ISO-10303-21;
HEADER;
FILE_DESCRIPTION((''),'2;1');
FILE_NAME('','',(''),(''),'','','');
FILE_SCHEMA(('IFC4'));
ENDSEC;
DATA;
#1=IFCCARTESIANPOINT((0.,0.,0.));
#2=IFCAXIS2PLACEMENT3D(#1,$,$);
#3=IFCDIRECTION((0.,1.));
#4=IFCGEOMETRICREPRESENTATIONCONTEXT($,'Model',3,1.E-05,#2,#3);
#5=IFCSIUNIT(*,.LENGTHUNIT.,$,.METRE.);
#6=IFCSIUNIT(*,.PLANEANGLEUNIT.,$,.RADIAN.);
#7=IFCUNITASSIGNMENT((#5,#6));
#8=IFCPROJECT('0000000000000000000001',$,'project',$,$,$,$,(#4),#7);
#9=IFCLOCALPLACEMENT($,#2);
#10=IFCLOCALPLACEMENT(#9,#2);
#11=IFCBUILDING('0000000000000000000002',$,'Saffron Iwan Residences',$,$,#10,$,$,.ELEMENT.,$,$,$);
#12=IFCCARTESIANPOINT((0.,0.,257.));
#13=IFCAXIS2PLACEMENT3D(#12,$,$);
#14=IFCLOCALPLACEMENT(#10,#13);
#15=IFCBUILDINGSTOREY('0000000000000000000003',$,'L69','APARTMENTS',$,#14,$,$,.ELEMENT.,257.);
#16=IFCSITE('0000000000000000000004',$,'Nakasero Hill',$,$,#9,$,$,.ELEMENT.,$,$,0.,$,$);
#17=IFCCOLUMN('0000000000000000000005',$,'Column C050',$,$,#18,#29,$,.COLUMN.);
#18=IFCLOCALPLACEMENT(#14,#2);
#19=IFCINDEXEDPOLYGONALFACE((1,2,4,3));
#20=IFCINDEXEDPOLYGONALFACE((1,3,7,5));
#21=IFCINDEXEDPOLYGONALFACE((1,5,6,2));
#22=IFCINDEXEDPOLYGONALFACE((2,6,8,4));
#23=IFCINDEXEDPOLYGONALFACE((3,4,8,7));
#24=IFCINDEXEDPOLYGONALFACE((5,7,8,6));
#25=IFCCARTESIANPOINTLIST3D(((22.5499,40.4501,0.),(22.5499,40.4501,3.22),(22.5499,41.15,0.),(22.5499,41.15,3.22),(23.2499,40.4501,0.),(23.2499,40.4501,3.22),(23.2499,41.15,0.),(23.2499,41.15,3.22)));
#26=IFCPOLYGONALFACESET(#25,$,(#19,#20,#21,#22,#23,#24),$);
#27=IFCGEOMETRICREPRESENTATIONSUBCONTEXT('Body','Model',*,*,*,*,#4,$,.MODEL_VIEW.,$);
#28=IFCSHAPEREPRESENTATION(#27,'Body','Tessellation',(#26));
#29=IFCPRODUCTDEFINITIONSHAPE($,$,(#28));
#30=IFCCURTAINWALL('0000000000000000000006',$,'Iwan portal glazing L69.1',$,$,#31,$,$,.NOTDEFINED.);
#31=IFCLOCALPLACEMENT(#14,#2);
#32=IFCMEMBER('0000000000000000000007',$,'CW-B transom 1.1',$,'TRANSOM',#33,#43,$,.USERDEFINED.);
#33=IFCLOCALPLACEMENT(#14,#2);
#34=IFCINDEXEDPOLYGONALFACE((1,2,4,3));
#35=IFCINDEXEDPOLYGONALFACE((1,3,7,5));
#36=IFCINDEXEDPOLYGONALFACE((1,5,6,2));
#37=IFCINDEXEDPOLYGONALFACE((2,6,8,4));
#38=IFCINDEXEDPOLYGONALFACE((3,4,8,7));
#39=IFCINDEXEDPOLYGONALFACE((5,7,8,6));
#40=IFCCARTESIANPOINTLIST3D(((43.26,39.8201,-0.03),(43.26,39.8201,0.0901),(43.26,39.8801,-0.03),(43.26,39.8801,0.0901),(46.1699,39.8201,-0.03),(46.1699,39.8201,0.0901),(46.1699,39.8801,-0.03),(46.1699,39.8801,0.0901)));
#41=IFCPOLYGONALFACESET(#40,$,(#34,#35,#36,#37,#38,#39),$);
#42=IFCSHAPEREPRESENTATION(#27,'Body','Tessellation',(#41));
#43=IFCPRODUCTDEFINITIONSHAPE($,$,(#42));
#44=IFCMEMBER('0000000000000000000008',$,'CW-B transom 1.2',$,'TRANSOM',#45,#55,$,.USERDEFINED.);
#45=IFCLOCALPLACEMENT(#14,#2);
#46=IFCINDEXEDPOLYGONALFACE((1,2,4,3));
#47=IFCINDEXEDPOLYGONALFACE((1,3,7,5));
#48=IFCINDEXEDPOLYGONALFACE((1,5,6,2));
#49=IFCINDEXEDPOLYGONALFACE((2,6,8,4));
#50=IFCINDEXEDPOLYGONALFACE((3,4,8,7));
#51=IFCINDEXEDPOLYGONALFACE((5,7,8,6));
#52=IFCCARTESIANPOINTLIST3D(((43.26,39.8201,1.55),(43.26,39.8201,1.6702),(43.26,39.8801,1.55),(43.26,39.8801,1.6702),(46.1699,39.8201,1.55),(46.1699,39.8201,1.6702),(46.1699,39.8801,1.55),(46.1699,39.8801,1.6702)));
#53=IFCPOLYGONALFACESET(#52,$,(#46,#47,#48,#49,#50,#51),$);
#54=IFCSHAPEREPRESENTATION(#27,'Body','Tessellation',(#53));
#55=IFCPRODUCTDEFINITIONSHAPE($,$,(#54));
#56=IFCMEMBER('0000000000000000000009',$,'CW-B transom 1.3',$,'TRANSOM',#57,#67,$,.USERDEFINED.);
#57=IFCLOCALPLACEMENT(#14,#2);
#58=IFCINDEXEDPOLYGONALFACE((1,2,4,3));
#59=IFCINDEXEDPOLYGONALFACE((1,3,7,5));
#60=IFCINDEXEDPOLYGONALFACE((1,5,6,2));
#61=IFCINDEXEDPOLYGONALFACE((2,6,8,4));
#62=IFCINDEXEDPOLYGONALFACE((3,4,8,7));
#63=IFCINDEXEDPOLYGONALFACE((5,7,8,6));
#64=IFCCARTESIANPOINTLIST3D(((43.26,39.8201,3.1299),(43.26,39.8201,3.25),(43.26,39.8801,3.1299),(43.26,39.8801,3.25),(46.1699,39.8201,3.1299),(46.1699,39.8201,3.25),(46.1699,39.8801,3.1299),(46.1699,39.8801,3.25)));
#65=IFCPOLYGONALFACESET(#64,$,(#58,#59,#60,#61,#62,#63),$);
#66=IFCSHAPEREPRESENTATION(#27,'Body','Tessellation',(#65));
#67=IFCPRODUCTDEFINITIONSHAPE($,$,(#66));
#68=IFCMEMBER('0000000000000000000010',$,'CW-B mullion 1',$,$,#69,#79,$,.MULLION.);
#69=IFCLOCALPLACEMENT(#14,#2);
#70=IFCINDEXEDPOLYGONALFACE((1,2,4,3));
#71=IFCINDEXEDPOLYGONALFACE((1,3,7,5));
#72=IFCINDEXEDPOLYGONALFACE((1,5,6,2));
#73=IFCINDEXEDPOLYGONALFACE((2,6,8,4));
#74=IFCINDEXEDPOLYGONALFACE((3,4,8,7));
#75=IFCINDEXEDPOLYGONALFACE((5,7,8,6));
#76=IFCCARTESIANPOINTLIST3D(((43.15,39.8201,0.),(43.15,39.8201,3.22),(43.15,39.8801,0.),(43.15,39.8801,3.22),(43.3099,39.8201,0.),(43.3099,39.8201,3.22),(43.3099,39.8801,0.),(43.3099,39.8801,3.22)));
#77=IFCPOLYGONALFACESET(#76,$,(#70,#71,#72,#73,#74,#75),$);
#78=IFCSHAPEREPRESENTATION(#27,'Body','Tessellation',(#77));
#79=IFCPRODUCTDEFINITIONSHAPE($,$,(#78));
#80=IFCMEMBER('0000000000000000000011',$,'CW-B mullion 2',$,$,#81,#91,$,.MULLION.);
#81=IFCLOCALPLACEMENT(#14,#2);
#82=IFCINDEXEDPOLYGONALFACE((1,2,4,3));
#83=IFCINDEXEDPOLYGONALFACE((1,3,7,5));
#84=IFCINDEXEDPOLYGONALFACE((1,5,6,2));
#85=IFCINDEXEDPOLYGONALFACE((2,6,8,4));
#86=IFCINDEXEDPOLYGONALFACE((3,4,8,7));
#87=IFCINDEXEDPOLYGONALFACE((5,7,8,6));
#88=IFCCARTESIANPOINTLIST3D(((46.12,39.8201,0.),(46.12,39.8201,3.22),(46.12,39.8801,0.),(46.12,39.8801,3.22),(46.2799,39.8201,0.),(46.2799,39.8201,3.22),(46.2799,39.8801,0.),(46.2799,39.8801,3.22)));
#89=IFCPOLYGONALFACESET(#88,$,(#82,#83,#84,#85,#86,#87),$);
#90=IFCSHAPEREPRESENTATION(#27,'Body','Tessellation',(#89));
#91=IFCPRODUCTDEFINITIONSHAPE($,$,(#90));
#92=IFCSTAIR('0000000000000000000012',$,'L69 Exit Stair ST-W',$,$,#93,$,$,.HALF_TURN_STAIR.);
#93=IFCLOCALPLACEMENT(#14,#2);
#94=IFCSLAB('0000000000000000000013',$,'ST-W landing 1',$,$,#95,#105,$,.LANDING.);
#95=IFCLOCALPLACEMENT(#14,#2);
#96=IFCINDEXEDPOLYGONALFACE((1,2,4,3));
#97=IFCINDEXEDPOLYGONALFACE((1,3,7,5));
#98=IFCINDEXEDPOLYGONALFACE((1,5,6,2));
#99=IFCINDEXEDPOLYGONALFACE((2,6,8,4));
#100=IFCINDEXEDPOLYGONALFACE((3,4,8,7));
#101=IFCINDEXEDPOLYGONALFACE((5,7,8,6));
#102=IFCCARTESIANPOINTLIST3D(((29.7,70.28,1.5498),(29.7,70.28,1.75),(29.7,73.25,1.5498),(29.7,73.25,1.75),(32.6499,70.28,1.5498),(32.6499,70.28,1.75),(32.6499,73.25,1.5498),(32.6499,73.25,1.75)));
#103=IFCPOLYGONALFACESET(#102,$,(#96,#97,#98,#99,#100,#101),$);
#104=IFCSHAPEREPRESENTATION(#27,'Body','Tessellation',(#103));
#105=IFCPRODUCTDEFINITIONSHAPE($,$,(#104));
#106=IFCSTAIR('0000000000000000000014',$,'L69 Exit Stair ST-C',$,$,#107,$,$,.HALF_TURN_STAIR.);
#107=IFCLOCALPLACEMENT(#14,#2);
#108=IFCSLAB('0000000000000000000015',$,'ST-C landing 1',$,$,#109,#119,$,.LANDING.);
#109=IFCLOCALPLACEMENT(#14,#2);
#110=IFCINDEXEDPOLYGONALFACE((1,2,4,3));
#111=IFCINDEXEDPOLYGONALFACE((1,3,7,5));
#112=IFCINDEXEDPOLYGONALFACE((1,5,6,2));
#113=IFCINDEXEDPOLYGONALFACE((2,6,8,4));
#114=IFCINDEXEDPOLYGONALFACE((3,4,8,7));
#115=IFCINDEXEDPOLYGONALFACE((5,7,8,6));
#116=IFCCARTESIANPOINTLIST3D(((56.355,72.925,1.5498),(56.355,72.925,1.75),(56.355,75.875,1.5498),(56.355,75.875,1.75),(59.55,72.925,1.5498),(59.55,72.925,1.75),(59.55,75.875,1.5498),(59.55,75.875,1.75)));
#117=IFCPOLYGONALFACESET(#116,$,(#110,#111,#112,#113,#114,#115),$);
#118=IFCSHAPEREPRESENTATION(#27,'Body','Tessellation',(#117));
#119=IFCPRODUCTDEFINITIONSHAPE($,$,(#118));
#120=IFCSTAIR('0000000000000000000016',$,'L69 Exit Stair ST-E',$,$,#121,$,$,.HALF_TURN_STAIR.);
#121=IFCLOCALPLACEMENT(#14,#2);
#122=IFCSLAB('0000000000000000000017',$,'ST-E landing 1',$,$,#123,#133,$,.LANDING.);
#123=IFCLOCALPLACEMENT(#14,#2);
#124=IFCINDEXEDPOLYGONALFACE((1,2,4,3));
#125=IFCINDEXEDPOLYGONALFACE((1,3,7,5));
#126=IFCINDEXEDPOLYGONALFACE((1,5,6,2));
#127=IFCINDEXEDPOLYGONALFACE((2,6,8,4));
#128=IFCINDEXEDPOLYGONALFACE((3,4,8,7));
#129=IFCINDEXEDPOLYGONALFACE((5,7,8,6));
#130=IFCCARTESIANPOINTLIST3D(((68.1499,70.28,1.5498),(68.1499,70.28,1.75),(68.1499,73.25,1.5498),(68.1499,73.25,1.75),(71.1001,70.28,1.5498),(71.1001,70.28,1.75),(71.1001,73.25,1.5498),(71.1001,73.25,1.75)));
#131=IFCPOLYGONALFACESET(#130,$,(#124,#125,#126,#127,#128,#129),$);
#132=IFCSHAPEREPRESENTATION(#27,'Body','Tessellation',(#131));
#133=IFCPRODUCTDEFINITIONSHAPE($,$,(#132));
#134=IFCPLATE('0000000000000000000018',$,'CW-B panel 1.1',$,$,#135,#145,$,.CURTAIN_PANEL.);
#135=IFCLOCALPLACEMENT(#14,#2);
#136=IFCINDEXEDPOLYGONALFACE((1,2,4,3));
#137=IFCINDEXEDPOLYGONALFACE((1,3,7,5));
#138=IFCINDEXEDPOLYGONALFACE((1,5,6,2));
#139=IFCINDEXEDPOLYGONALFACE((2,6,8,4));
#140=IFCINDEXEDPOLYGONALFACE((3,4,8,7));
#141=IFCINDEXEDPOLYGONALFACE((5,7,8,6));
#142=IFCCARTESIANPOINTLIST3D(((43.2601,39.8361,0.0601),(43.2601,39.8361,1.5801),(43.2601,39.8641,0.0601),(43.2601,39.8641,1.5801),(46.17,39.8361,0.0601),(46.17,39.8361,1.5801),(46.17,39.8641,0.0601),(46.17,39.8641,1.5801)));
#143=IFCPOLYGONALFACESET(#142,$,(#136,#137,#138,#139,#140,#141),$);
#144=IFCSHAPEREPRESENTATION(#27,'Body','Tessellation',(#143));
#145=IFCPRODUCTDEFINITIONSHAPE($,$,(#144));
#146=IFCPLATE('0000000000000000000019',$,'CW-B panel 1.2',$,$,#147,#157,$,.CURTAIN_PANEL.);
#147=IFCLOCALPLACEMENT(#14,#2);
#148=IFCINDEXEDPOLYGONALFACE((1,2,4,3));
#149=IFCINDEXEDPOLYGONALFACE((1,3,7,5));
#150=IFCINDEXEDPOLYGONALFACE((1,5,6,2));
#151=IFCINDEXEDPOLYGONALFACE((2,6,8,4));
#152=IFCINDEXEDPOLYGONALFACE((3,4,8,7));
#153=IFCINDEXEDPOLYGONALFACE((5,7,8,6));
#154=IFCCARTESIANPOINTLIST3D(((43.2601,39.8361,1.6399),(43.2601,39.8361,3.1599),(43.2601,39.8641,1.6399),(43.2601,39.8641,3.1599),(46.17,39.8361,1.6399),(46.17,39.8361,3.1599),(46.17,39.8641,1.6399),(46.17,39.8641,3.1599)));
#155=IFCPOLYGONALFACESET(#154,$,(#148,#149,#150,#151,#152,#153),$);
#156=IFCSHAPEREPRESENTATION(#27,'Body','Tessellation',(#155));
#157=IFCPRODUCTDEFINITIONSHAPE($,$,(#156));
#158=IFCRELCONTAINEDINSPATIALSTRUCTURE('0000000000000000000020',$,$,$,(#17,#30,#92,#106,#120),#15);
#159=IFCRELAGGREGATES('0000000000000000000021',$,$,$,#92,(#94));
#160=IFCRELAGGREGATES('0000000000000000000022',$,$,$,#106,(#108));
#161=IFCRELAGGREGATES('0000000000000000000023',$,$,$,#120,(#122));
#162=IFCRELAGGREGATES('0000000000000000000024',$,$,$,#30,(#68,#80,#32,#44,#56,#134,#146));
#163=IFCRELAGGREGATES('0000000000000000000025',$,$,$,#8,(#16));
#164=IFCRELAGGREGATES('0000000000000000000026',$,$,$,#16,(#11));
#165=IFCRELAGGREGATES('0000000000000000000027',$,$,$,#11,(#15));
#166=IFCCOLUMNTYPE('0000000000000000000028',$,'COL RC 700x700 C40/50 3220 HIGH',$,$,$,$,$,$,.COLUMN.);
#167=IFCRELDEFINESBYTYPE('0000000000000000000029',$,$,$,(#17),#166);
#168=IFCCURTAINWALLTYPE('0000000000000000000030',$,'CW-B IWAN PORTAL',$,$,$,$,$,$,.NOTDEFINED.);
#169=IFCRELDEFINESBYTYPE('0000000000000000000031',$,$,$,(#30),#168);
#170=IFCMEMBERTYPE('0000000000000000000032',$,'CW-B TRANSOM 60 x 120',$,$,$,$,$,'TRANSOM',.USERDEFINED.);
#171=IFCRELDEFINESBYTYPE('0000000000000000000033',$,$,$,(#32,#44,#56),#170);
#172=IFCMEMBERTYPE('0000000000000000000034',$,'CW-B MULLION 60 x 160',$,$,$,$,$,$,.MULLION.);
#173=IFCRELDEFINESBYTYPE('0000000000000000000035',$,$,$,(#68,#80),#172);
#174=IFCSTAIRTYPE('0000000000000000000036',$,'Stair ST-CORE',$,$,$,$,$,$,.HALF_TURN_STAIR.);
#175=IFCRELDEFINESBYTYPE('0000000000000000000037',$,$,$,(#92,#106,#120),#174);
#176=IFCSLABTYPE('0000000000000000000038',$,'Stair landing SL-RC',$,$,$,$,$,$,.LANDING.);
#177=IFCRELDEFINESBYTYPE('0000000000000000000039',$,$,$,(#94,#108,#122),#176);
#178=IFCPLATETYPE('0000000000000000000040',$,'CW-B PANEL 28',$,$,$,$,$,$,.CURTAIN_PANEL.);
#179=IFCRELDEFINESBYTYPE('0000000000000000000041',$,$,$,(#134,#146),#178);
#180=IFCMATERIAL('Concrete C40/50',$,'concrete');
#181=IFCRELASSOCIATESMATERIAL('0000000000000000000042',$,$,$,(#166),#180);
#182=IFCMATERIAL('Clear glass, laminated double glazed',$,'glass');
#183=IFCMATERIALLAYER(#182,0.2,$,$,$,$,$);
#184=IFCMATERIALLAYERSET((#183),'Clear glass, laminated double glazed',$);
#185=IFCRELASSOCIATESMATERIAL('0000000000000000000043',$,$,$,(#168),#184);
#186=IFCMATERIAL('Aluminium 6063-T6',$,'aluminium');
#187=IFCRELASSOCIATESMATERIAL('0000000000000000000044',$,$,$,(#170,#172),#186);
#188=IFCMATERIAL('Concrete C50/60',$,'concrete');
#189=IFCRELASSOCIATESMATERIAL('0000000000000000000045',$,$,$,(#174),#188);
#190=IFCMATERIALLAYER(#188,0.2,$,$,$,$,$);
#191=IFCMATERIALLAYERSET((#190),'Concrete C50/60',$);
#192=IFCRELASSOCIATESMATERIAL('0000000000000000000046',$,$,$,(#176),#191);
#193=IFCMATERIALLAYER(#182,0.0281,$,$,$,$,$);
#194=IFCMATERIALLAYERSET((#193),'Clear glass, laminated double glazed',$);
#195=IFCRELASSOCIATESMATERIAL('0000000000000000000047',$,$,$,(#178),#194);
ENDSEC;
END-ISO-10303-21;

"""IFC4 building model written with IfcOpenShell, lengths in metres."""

from ifc_helpers import new_model, si_unit, direction, frame, origin, origin_2d, place, context, subcontext, project, spatial, polyline, rectangle, outline, extrude, source, transform, mapped, material, layer, layer_set, material_profile, profile_set, type_object, element, aggregate, save


model = new_model("IFC4")

# Units and contexts
model_context = context("Model", 3, precision=1e-05, world=origin(), true_north=direction((0.0, 1.0)))
body_context = subcontext(model_context, "Body", "Model", "MODEL_VIEW")
ifc_project = project(units=[si_unit("LENGTHUNIT", "METRE"), si_unit("PLANEANGLEUNIT", "RADIAN")], contexts=[model_context])

# Site, building, storey
site_placement = place(None, origin())
site = spatial("IfcSite", under=ifc_project, at=site_placement, Name="Nakasero Hill", CompositionType="ELEMENT", RefElevation=0.0)
building_placement = place(site_placement, origin())
building = spatial("IfcBuilding", under=site, at=building_placement, Name="Saffron Iwan Residences", CompositionType="ELEMENT")
storey_placement = place(building_placement, frame((0.0, 0.0, 257.0)))
storey = spatial("IfcBuildingStorey", under=building, at=storey_placement, Name="L69", Description="APARTMENTS", CompositionType="ELEMENT", Elevation=257.0)

# Column
ifc_material_1 = material(Name="Concrete C40/50", Category="concrete")
ifc_material_profile_1 = material_profile(ifc_material_1, rectangle(XDim=0.7, YDim=0.7, at=origin_2d()), Name="RC 700x700")
ifc_profile_set_1 = profile_set([ifc_material_profile_1], Name="Concrete C40/50")
column_type = type_object("IfcColumnType", Name="COL RC 700x700 C40/50 3220 HIGH", PredefinedType="COLUMN", material=ifc_profile_set_1)
shared_shape_1 = source(origin(), body_context, "Body", "SweptSolid", [
    extrude(rectangle(XDim=0.7, YDim=0.7, at=origin_2d()), origin(), (0.0, 0.0, 1.0), 3.22),
])
column_placement = place(storey_placement, frame((22.8999, 40.8, 0.0), z_axis=(0.0, 0.0, 1.0), x_axis=(1.0, 0.0, 0.0)))
element("IfcColumn", 1, at=column_placement, inside=storey, type_object=column_type, Name="Column C050", PredefinedType="COLUMN", context=body_context, shape_type="MappedRepresentation", body=[
    mapped(shared_shape_1, transform((0.0, 0.0, 0.0))),
])

# Curtain wall, members
ifc_material_2 = material(Name="Clear glass, laminated double glazed", Category="glass")
ifc_layer_1 = layer(ifc_material_2, 0.2)
ifc_layer_set_1 = layer_set([ifc_layer_1], Name="Clear glass, laminated double glazed")
curtain_wall_type = type_object("IfcCurtainWallType", Name="CW-B IWAN PORTAL", PredefinedType="NOTDEFINED", material=ifc_layer_set_1)
curtain_wall_placement = place(storey_placement, origin())
curtain_wall = element("IfcCurtainWall", 2, at=curtain_wall_placement, inside=storey, type_object=curtain_wall_type, Name="Iwan portal glazing L69.1", PredefinedType="NOTDEFINED")
ifc_material_3 = material(Name="Aluminium 6063-T6", Category="aluminium")
ifc_material_profile_2 = material_profile(ifc_material_3, rectangle(XDim=0.0601, YDim=0.1201, at=origin_2d()), Name="CW-B TRANSOM 60 x 120")
ifc_profile_set_2 = profile_set([ifc_material_profile_2], Name="Aluminium 6063-T6")
member_type_1 = type_object("IfcMemberType", Name="CW-B TRANSOM 60 x 120", ElementType="TRANSOM", PredefinedType="USERDEFINED", material=ifc_profile_set_2)
shared_shape_2 = source(origin(), body_context, "Body", "SweptSolid", [
    extrude(rectangle(XDim=0.0601, YDim=0.1201, at=origin_2d()), origin(), (0.0, 0.0, 1.0), 2.9099),
])
member_1_placement = place(storey_placement, frame((43.26, 39.8501, 0.03), z_axis=(1.0, 0.0, 0.0), x_axis=(0.0, 1.0, 0.0)))
member_1 = element("IfcMember", 3, at=member_1_placement, type_object=member_type_1, Name="CW-B transom 1.1", ObjectType="TRANSOM", PredefinedType="USERDEFINED", context=body_context, shape_type="MappedRepresentation", body=[
    mapped(shared_shape_2, transform((0.0, 0.0, 0.0))),
])
member_2_placement = place(storey_placement, frame((43.26, 39.8501, 1.6101), z_axis=(1.0, 0.0, 0.0), x_axis=(0.0, 1.0, 0.0)))
member_2 = element("IfcMember", 4, at=member_2_placement, type_object=member_type_1, Name="CW-B transom 1.2", ObjectType="TRANSOM", PredefinedType="USERDEFINED", context=body_context, shape_type="MappedRepresentation", body=[
    mapped(shared_shape_2, transform((0.0, 0.0, 0.0))),
])
member_3_placement = place(storey_placement, frame((43.26, 39.8501, 3.1899), z_axis=(1.0, 0.0, 0.0), x_axis=(0.0, 1.0, 0.0)))
member_3 = element("IfcMember", 5, at=member_3_placement, type_object=member_type_1, Name="CW-B transom 1.3", ObjectType="TRANSOM", PredefinedType="USERDEFINED", context=body_context, shape_type="MappedRepresentation", body=[
    mapped(shared_shape_2, transform((0.0, 0.0, 0.0))),
])
ifc_material_profile_3 = material_profile(ifc_material_3, rectangle(XDim=0.0601, YDim=0.1599, at=origin_2d()), Name="CW-B MULLION 60 x 160")
ifc_profile_set_3 = profile_set([ifc_material_profile_3], Name="Aluminium 6063-T6")
member_type_2 = type_object("IfcMemberType", Name="CW-B MULLION 60 x 160", PredefinedType="MULLION", material=ifc_profile_set_3)
shared_shape_3 = source(origin(), body_context, "Body", "SweptSolid", [
    extrude(rectangle(XDim=0.0601, YDim=0.1599, at=origin_2d()), origin(), (0.0, 0.0, 1.0), 3.22),
])
member_4_placement = place(storey_placement, frame((43.23, 39.8501, 0.0), z_axis=(0.0, 0.0, 1.0), x_axis=(0.0, 1.0, 0.0)))
member_4 = element("IfcMember", 6, at=member_4_placement, type_object=member_type_2, Name="CW-B mullion 1", PredefinedType="MULLION", context=body_context, shape_type="MappedRepresentation", body=[
    mapped(shared_shape_3, transform((0.0, 0.0, 0.0))),
])
member_5_placement = place(storey_placement, frame((46.2, 39.8501, 0.0), z_axis=(0.0, 0.0, 1.0), x_axis=(0.0, 1.0, 0.0)))
member_5 = element("IfcMember", 7, at=member_5_placement, type_object=member_type_2, Name="CW-B mullion 2", PredefinedType="MULLION", context=body_context, shape_type="MappedRepresentation", body=[
    mapped(shared_shape_3, transform((0.0, 0.0, 0.0))),
])

# Stairs, slabs
ifc_material_4 = material(Name="Concrete C50/60", Category="concrete")
stair_type = type_object("IfcStairType", Name="Stair ST-CORE", PredefinedType="HALF_TURN_STAIR", material=ifc_material_4)
stair_1_placement = place(storey_placement, origin())
stair_1 = element("IfcStair", 8, at=stair_1_placement, inside=storey, type_object=stair_type, Name="L69 Exit Stair ST-W", PredefinedType="HALF_TURN_STAIR")
ifc_layer_2 = layer(ifc_material_4, 0.2)
ifc_layer_set_2 = layer_set([ifc_layer_2], Name="Concrete C50/60")
slab_type = type_object("IfcSlabType", Name="Stair landing SL-RC", PredefinedType="LANDING", material=ifc_layer_set_2)
slab_1_placement = place(storey_placement, frame((0.0, 0.0, 1.5498)))
slab_1 = element("IfcSlab", 9, at=slab_1_placement, type_object=slab_type, Name="ST-W landing 1", PredefinedType="LANDING", context=body_context, shape_type="SweptSolid", body=[
    extrude(outline(polyline([(32.6499, 70.28), (32.6499, 73.25), (29.7, 73.25), (29.7, 70.28), (32.6499, 70.28)])), origin(), (0.0, 0.0, 1.0), 0.2002),
])
aggregate(stair_1, [slab_1])
stair_2_placement = place(storey_placement, origin())
stair_2 = element("IfcStair", 10, at=stair_2_placement, inside=storey, type_object=stair_type, Name="L69 Exit Stair ST-C", PredefinedType="HALF_TURN_STAIR")
slab_2_placement = place(storey_placement, frame((0.0, 0.0, 1.5498)))
slab_2 = element("IfcSlab", 11, at=slab_2_placement, type_object=slab_type, Name="ST-C landing 1", PredefinedType="LANDING", context=body_context, shape_type="SweptSolid", body=[
    extrude(outline(polyline([(56.355, 72.925), (59.55, 72.925), (59.55, 75.875), (56.355, 75.875), (56.355, 72.925)])), origin(), (0.0, 0.0, 1.0), 0.2002),
])
aggregate(stair_2, [slab_2])
stair_3_placement = place(storey_placement, origin())
stair_3 = element("IfcStair", 12, at=stair_3_placement, inside=storey, type_object=stair_type, Name="L69 Exit Stair ST-E", PredefinedType="HALF_TURN_STAIR")
slab_3_placement = place(storey_placement, frame((0.0, 0.0, 1.5498)))
slab_3 = element("IfcSlab", 13, at=slab_3_placement, type_object=slab_type, Name="ST-E landing 1", PredefinedType="LANDING", context=body_context, shape_type="SweptSolid", body=[
    extrude(outline(polyline([(71.1001, 70.28), (71.1001, 73.25), (68.1499, 73.25), (68.1499, 70.28), (71.1001, 70.28)])), origin(), (0.0, 0.0, 1.0), 0.2002),
])
aggregate(stair_3, [slab_3])

# Plates
ifc_layer_3 = layer(ifc_material_2, 0.0281)
ifc_layer_set_3 = layer_set([ifc_layer_3], Name="Clear glass, laminated double glazed")
plate_type = type_object("IfcPlateType", Name="CW-B PANEL 28", PredefinedType="CURTAIN_PANEL", material=ifc_layer_set_3)
shared_shape_4 = source(origin(), body_context, "Body", "SweptSolid", [
    extrude(rectangle(XDim=2.9099, YDim=0.0281, at=origin_2d()), origin(), (0.0, 0.0, 1.0), 1.52),
])
plate_1_placement = place(storey_placement, frame((44.7151, 39.8501, 0.0601), z_axis=(0.0, 0.0, 1.0), x_axis=(1.0, 0.0, 0.0)))
plate_1 = element("IfcPlate", 14, at=plate_1_placement, type_object=plate_type, Name="CW-B panel 1.1", PredefinedType="CURTAIN_PANEL", context=body_context, shape_type="MappedRepresentation", body=[
    mapped(shared_shape_4, transform((0.0, 0.0, 0.0))),
])
plate_2_placement = place(storey_placement, frame((44.7151, 39.8501, 1.6399), z_axis=(0.0, 0.0, 1.0), x_axis=(1.0, 0.0, 0.0)))
plate_2 = element("IfcPlate", 15, at=plate_2_placement, type_object=plate_type, Name="CW-B panel 1.2", PredefinedType="CURTAIN_PANEL", context=body_context, shape_type="MappedRepresentation", body=[
    mapped(shared_shape_4, transform((0.0, 0.0, 0.0))),
])
aggregate(curtain_wall, [member_4, member_5, member_1, member_2, member_3, plate_1, plate_2])

save(model, "model.ifc")
